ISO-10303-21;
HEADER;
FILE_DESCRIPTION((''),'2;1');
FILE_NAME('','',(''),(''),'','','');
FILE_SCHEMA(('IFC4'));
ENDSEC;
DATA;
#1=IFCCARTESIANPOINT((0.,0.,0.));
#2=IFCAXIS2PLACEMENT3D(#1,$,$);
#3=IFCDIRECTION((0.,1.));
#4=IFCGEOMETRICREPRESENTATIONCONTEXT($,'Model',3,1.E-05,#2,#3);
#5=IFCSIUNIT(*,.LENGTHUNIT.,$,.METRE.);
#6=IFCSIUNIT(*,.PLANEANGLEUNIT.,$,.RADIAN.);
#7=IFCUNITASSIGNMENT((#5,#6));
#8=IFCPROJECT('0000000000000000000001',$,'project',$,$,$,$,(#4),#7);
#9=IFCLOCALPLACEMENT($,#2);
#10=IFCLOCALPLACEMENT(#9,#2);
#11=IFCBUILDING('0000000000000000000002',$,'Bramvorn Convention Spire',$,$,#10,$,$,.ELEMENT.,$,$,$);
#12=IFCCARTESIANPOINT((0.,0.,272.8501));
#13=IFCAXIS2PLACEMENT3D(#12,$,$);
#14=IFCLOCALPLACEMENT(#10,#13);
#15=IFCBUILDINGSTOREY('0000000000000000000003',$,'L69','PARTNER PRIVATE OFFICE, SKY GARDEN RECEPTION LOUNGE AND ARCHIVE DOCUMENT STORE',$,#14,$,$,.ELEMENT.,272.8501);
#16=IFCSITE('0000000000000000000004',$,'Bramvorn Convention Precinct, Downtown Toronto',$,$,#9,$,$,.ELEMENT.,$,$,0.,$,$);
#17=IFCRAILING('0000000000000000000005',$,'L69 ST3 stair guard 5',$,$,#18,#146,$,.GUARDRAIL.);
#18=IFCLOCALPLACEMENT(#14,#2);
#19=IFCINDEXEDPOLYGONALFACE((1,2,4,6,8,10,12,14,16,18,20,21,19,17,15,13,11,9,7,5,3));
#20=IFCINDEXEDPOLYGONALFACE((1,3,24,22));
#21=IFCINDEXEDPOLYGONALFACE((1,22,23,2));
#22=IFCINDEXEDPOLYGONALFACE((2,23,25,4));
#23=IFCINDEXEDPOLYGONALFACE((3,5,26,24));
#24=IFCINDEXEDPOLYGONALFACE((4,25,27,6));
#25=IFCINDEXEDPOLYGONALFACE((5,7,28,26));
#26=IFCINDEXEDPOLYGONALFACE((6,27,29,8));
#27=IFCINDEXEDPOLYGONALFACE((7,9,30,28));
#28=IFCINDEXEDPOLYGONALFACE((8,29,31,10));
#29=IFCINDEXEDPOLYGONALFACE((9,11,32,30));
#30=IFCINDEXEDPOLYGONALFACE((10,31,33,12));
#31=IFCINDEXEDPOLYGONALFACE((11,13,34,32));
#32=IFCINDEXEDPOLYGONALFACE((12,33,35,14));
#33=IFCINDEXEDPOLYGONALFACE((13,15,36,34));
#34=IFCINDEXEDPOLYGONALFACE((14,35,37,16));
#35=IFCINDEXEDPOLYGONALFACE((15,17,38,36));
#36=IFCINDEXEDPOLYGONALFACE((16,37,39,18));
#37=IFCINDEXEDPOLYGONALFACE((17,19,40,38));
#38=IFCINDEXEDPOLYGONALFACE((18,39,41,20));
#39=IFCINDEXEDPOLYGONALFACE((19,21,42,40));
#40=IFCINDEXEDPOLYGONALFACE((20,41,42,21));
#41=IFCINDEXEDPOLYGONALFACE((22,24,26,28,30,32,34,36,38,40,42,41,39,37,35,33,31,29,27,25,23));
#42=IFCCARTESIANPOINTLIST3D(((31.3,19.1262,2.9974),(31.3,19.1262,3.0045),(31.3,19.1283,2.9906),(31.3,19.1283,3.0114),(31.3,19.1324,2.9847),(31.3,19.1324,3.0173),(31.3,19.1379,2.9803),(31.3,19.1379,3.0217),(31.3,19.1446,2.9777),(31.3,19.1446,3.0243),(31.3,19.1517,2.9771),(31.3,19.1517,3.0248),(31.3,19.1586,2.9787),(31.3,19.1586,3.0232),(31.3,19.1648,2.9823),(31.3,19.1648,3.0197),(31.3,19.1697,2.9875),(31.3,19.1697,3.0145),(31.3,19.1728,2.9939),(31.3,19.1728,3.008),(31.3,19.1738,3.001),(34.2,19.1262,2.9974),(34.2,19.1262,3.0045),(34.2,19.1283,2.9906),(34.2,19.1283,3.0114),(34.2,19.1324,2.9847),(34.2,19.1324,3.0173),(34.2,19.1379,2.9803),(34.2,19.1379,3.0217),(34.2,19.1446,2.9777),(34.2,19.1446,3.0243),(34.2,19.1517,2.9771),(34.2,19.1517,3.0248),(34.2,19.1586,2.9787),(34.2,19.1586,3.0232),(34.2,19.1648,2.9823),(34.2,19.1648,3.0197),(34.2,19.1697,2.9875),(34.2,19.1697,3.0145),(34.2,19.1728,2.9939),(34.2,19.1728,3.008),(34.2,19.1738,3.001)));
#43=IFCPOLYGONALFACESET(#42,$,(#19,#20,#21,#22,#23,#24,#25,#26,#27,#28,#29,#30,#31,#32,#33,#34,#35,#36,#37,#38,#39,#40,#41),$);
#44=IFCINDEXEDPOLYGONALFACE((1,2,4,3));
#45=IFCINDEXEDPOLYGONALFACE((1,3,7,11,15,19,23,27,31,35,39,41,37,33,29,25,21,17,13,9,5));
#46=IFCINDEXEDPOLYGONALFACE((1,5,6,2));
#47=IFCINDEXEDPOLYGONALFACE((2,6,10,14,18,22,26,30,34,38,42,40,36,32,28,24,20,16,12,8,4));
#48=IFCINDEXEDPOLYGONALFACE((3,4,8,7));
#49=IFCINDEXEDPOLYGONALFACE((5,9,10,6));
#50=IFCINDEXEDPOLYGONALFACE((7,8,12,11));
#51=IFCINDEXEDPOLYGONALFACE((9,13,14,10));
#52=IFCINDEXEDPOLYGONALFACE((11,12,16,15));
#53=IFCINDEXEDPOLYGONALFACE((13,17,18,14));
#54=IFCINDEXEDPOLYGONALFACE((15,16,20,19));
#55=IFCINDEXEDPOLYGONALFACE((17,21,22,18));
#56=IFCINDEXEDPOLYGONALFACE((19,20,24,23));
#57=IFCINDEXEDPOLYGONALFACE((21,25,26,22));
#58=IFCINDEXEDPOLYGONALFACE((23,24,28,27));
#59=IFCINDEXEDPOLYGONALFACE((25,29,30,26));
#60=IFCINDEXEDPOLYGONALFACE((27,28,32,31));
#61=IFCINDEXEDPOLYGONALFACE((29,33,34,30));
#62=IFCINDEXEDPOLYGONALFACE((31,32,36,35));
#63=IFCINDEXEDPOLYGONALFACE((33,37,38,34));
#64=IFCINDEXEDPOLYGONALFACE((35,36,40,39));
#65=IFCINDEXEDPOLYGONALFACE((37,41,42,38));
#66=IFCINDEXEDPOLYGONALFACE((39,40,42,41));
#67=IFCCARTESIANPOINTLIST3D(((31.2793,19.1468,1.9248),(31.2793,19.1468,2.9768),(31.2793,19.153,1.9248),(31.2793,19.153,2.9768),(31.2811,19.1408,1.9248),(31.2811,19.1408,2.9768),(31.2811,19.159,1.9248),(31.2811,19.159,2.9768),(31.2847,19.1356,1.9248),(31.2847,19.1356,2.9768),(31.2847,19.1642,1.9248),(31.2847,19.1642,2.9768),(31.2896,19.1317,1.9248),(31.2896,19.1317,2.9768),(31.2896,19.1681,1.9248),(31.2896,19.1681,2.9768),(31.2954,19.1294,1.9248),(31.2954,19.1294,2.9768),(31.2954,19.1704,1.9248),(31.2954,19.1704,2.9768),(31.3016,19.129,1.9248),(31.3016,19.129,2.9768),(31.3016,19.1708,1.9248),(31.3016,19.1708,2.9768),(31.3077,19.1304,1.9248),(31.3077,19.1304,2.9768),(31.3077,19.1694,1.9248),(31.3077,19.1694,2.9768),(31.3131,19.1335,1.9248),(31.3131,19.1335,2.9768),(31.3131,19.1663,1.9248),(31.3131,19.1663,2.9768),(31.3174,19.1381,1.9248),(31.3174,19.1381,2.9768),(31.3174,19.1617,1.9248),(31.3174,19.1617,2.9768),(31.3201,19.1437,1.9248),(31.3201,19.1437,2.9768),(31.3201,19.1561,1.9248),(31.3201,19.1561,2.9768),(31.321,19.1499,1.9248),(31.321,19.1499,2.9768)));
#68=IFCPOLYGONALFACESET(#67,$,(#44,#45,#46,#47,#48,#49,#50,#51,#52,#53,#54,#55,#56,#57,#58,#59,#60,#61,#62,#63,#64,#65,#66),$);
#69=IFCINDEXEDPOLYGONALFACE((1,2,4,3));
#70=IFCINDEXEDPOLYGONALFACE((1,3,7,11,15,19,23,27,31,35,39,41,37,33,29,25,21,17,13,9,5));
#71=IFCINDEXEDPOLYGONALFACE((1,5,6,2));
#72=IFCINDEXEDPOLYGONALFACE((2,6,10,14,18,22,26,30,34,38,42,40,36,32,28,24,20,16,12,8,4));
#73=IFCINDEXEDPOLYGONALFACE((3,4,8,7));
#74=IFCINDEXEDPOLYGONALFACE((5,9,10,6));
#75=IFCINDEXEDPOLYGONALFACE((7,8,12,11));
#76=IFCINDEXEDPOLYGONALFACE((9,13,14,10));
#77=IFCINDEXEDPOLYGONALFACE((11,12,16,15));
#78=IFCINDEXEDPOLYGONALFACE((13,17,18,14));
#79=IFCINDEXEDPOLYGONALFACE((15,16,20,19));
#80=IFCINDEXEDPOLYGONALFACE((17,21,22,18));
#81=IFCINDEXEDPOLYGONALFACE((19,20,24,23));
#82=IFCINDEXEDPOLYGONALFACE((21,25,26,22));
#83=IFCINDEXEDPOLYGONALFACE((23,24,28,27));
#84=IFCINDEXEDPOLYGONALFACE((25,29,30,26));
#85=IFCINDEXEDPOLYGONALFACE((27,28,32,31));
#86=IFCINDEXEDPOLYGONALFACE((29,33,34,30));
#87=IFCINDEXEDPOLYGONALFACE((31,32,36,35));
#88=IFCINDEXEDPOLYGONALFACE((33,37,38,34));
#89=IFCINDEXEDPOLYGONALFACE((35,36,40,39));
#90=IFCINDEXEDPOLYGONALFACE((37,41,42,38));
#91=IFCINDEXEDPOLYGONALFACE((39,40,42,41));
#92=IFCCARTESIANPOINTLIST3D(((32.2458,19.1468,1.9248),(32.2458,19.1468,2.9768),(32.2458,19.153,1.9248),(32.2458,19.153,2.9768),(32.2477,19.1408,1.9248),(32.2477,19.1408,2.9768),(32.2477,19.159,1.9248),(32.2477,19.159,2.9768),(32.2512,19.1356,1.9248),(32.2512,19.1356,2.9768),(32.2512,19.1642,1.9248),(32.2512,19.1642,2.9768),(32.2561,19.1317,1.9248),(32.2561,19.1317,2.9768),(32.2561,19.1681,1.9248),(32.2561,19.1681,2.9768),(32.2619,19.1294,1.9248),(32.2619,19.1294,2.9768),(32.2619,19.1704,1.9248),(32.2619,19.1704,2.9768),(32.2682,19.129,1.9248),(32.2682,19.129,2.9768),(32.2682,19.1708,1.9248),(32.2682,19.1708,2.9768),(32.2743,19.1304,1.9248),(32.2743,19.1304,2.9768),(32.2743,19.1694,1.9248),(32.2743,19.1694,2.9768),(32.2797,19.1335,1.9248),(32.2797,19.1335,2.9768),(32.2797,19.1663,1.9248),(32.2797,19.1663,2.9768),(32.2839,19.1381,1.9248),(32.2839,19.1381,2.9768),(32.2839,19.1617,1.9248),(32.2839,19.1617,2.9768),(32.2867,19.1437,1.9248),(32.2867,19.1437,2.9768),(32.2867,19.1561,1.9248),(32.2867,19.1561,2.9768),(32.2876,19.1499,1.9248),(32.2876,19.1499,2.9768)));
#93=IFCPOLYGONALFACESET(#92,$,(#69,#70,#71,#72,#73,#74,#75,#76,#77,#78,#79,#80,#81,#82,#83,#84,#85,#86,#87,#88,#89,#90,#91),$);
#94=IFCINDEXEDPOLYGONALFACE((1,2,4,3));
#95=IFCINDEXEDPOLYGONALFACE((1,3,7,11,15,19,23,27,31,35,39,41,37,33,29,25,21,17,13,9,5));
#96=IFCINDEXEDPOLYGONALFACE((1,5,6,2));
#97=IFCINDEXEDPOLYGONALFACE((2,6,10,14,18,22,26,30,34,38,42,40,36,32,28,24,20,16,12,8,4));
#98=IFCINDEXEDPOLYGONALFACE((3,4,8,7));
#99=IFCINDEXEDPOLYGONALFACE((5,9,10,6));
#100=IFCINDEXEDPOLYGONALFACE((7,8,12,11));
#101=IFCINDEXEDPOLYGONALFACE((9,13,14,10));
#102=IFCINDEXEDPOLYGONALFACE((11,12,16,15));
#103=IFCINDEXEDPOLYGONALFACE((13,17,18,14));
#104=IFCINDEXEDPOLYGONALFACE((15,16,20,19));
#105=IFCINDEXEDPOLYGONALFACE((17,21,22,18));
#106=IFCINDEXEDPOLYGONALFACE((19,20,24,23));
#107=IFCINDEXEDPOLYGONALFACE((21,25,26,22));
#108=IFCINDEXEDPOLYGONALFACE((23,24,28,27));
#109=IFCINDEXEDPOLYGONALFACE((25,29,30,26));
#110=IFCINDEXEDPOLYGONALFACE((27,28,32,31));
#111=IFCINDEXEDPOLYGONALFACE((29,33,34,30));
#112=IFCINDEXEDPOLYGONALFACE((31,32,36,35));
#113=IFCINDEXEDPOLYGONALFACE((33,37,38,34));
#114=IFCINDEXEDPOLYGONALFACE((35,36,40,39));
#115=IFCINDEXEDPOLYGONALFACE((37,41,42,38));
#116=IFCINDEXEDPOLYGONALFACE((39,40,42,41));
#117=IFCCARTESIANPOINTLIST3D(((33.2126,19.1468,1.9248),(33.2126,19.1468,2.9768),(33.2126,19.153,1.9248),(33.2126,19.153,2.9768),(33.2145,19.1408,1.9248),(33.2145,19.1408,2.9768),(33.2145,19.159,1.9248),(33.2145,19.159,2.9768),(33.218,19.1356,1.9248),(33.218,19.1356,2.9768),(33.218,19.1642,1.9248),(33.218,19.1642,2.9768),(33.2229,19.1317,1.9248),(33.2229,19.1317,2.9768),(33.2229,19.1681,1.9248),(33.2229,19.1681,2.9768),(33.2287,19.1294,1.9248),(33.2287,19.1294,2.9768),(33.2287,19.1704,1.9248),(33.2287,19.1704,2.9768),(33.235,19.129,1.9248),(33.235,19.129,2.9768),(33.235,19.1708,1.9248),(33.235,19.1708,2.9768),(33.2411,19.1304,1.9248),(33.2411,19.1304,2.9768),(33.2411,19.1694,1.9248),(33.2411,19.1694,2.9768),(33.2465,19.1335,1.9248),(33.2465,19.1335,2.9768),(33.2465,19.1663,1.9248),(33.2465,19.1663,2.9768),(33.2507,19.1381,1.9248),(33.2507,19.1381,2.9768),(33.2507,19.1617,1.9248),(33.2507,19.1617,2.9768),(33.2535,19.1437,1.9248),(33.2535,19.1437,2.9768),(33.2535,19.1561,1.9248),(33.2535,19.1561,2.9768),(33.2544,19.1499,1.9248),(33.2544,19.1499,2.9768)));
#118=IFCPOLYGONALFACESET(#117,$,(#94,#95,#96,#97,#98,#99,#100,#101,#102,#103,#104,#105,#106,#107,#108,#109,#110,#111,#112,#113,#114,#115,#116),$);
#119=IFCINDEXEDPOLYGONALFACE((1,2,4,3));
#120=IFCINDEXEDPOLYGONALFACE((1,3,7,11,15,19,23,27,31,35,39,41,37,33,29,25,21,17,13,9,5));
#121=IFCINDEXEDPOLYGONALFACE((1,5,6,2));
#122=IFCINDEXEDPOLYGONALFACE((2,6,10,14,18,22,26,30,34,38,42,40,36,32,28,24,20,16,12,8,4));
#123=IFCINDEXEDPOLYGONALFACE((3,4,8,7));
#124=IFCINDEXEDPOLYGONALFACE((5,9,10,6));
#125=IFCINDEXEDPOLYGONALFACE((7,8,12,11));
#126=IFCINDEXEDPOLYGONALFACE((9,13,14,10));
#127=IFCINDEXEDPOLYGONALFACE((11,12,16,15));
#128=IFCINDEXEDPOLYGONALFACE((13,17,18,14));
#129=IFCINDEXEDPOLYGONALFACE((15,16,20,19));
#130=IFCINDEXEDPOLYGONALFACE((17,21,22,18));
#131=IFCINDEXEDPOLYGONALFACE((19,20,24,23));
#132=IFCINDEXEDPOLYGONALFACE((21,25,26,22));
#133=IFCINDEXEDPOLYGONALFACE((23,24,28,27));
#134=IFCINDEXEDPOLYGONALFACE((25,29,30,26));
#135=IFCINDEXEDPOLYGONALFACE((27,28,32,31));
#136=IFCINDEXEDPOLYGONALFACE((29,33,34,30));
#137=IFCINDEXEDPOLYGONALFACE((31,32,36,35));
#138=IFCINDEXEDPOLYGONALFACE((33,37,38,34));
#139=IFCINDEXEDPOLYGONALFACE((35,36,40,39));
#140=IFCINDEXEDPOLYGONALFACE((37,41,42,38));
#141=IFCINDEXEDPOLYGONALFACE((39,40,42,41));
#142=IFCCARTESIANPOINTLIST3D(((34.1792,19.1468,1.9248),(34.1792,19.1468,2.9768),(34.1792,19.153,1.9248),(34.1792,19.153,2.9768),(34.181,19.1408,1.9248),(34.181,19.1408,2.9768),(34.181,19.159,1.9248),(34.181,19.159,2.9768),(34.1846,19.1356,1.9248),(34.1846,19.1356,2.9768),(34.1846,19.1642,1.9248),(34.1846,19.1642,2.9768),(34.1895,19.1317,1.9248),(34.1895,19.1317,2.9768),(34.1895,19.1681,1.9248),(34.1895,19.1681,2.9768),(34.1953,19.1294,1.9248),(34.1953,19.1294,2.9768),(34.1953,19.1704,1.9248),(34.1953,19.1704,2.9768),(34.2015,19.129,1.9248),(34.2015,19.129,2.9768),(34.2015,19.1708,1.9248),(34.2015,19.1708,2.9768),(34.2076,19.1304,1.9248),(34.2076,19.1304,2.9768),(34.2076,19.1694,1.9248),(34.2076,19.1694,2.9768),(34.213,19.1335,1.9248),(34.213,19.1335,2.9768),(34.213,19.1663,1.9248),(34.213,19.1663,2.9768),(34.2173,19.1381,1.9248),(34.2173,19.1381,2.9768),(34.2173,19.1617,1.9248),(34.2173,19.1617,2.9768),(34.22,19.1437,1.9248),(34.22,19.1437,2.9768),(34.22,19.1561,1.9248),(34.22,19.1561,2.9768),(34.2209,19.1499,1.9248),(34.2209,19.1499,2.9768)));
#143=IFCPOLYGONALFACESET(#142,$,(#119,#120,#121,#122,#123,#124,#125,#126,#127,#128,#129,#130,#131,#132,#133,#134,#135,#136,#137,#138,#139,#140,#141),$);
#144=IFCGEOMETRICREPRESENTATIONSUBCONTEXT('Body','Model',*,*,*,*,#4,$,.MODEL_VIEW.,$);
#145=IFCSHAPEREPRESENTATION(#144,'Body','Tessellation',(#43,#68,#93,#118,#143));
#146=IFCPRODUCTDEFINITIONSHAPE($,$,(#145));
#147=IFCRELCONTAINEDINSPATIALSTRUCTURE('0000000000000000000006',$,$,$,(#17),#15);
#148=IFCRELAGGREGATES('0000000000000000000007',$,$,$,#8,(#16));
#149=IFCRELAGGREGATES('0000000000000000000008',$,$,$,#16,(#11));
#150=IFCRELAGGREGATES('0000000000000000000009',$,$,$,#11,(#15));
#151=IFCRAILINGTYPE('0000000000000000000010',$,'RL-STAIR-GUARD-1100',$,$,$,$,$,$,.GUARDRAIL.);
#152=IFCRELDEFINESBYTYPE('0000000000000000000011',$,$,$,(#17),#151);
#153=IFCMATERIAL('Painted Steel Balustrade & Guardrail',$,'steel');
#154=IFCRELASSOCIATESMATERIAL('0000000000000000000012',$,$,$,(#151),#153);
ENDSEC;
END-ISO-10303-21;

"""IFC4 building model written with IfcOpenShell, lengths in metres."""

from ifc_helpers import new_model, si_unit, direction, frame, origin, origin_2d, place, context, subcontext, project, spatial, circle, extrude, material, type_object, element, save


model = new_model("IFC4")

# Units and contexts
model_context = context("Model", 3, precision=1e-05, world=origin(), true_north=direction((0.0, 1.0)))
body_context = subcontext(model_context, "Body", "Model", "MODEL_VIEW")
ifc_project = project(units=[si_unit("LENGTHUNIT", "METRE"), si_unit("PLANEANGLEUNIT", "RADIAN")], contexts=[model_context])

# Site, building, storey
site_placement = place(None, origin())
site = spatial("IfcSite", under=ifc_project, at=site_placement, Name="Bramvorn Convention Precinct, Downtown Toronto", CompositionType="ELEMENT", RefElevation=0.0)
building_placement = place(site_placement, origin())
building = spatial("IfcBuilding", under=site, at=building_placement, Name="Bramvorn Convention Spire", CompositionType="ELEMENT")
storey_placement = place(building_placement, frame((0.0, 0.0, 272.8501)))
storey = spatial("IfcBuildingStorey", under=building, at=storey_placement, Name="L69", Description="PARTNER PRIVATE OFFICE, SKY GARDEN RECEPTION LOUNGE AND ARCHIVE DOCUMENT STORE", CompositionType="ELEMENT", Elevation=272.8501)

# Railing
ifc_material_1 = material(Name="Painted Steel Balustrade & Guardrail", Category="steel")
railing_type_1 = type_object("IfcRailingType", Name="RL-STAIR-GUARD-1100", PredefinedType="GUARDRAIL", material=ifc_material_1)
railing_1_placement = place(storey_placement, frame((31.3, 19.1499, 1.9248)))
element("IfcRailing", 1, at=railing_1_placement, inside=storey, type_object=railing_type_1, Name="L69 ST3 stair guard 5", PredefinedType="GUARDRAIL", context=body_context, shape_type="SweptSolid", body=[
    extrude(circle(Radius=0.0239, at=origin_2d()), frame((0.0, 0.0, 1.0762), z_axis=(1.0, 0.0, 0.0), x_axis=(0.0, 1.0, 0.0)), (0.0, 0.0, 1.0), 2.8999),
    extrude(circle(Radius=0.021, at=origin_2d()), origin(), (0.0, 0.0, 1.0), 1.052),
    extrude(circle(Radius=0.021, at=origin_2d()), frame((0.9666, 0.0, 0.0)), (0.0, 0.0, 1.0), 1.052),
    extrude(circle(Radius=0.021, at=origin_2d()), frame((1.9333, 0.0, 0.0)), (0.0, 0.0, 1.0), 1.052),
    extrude(circle(Radius=0.021, at=origin_2d()), frame((2.8999, 0.0, 0.0)), (0.0, 0.0, 1.0), 1.052),
])

save(model, "model.ifc")
